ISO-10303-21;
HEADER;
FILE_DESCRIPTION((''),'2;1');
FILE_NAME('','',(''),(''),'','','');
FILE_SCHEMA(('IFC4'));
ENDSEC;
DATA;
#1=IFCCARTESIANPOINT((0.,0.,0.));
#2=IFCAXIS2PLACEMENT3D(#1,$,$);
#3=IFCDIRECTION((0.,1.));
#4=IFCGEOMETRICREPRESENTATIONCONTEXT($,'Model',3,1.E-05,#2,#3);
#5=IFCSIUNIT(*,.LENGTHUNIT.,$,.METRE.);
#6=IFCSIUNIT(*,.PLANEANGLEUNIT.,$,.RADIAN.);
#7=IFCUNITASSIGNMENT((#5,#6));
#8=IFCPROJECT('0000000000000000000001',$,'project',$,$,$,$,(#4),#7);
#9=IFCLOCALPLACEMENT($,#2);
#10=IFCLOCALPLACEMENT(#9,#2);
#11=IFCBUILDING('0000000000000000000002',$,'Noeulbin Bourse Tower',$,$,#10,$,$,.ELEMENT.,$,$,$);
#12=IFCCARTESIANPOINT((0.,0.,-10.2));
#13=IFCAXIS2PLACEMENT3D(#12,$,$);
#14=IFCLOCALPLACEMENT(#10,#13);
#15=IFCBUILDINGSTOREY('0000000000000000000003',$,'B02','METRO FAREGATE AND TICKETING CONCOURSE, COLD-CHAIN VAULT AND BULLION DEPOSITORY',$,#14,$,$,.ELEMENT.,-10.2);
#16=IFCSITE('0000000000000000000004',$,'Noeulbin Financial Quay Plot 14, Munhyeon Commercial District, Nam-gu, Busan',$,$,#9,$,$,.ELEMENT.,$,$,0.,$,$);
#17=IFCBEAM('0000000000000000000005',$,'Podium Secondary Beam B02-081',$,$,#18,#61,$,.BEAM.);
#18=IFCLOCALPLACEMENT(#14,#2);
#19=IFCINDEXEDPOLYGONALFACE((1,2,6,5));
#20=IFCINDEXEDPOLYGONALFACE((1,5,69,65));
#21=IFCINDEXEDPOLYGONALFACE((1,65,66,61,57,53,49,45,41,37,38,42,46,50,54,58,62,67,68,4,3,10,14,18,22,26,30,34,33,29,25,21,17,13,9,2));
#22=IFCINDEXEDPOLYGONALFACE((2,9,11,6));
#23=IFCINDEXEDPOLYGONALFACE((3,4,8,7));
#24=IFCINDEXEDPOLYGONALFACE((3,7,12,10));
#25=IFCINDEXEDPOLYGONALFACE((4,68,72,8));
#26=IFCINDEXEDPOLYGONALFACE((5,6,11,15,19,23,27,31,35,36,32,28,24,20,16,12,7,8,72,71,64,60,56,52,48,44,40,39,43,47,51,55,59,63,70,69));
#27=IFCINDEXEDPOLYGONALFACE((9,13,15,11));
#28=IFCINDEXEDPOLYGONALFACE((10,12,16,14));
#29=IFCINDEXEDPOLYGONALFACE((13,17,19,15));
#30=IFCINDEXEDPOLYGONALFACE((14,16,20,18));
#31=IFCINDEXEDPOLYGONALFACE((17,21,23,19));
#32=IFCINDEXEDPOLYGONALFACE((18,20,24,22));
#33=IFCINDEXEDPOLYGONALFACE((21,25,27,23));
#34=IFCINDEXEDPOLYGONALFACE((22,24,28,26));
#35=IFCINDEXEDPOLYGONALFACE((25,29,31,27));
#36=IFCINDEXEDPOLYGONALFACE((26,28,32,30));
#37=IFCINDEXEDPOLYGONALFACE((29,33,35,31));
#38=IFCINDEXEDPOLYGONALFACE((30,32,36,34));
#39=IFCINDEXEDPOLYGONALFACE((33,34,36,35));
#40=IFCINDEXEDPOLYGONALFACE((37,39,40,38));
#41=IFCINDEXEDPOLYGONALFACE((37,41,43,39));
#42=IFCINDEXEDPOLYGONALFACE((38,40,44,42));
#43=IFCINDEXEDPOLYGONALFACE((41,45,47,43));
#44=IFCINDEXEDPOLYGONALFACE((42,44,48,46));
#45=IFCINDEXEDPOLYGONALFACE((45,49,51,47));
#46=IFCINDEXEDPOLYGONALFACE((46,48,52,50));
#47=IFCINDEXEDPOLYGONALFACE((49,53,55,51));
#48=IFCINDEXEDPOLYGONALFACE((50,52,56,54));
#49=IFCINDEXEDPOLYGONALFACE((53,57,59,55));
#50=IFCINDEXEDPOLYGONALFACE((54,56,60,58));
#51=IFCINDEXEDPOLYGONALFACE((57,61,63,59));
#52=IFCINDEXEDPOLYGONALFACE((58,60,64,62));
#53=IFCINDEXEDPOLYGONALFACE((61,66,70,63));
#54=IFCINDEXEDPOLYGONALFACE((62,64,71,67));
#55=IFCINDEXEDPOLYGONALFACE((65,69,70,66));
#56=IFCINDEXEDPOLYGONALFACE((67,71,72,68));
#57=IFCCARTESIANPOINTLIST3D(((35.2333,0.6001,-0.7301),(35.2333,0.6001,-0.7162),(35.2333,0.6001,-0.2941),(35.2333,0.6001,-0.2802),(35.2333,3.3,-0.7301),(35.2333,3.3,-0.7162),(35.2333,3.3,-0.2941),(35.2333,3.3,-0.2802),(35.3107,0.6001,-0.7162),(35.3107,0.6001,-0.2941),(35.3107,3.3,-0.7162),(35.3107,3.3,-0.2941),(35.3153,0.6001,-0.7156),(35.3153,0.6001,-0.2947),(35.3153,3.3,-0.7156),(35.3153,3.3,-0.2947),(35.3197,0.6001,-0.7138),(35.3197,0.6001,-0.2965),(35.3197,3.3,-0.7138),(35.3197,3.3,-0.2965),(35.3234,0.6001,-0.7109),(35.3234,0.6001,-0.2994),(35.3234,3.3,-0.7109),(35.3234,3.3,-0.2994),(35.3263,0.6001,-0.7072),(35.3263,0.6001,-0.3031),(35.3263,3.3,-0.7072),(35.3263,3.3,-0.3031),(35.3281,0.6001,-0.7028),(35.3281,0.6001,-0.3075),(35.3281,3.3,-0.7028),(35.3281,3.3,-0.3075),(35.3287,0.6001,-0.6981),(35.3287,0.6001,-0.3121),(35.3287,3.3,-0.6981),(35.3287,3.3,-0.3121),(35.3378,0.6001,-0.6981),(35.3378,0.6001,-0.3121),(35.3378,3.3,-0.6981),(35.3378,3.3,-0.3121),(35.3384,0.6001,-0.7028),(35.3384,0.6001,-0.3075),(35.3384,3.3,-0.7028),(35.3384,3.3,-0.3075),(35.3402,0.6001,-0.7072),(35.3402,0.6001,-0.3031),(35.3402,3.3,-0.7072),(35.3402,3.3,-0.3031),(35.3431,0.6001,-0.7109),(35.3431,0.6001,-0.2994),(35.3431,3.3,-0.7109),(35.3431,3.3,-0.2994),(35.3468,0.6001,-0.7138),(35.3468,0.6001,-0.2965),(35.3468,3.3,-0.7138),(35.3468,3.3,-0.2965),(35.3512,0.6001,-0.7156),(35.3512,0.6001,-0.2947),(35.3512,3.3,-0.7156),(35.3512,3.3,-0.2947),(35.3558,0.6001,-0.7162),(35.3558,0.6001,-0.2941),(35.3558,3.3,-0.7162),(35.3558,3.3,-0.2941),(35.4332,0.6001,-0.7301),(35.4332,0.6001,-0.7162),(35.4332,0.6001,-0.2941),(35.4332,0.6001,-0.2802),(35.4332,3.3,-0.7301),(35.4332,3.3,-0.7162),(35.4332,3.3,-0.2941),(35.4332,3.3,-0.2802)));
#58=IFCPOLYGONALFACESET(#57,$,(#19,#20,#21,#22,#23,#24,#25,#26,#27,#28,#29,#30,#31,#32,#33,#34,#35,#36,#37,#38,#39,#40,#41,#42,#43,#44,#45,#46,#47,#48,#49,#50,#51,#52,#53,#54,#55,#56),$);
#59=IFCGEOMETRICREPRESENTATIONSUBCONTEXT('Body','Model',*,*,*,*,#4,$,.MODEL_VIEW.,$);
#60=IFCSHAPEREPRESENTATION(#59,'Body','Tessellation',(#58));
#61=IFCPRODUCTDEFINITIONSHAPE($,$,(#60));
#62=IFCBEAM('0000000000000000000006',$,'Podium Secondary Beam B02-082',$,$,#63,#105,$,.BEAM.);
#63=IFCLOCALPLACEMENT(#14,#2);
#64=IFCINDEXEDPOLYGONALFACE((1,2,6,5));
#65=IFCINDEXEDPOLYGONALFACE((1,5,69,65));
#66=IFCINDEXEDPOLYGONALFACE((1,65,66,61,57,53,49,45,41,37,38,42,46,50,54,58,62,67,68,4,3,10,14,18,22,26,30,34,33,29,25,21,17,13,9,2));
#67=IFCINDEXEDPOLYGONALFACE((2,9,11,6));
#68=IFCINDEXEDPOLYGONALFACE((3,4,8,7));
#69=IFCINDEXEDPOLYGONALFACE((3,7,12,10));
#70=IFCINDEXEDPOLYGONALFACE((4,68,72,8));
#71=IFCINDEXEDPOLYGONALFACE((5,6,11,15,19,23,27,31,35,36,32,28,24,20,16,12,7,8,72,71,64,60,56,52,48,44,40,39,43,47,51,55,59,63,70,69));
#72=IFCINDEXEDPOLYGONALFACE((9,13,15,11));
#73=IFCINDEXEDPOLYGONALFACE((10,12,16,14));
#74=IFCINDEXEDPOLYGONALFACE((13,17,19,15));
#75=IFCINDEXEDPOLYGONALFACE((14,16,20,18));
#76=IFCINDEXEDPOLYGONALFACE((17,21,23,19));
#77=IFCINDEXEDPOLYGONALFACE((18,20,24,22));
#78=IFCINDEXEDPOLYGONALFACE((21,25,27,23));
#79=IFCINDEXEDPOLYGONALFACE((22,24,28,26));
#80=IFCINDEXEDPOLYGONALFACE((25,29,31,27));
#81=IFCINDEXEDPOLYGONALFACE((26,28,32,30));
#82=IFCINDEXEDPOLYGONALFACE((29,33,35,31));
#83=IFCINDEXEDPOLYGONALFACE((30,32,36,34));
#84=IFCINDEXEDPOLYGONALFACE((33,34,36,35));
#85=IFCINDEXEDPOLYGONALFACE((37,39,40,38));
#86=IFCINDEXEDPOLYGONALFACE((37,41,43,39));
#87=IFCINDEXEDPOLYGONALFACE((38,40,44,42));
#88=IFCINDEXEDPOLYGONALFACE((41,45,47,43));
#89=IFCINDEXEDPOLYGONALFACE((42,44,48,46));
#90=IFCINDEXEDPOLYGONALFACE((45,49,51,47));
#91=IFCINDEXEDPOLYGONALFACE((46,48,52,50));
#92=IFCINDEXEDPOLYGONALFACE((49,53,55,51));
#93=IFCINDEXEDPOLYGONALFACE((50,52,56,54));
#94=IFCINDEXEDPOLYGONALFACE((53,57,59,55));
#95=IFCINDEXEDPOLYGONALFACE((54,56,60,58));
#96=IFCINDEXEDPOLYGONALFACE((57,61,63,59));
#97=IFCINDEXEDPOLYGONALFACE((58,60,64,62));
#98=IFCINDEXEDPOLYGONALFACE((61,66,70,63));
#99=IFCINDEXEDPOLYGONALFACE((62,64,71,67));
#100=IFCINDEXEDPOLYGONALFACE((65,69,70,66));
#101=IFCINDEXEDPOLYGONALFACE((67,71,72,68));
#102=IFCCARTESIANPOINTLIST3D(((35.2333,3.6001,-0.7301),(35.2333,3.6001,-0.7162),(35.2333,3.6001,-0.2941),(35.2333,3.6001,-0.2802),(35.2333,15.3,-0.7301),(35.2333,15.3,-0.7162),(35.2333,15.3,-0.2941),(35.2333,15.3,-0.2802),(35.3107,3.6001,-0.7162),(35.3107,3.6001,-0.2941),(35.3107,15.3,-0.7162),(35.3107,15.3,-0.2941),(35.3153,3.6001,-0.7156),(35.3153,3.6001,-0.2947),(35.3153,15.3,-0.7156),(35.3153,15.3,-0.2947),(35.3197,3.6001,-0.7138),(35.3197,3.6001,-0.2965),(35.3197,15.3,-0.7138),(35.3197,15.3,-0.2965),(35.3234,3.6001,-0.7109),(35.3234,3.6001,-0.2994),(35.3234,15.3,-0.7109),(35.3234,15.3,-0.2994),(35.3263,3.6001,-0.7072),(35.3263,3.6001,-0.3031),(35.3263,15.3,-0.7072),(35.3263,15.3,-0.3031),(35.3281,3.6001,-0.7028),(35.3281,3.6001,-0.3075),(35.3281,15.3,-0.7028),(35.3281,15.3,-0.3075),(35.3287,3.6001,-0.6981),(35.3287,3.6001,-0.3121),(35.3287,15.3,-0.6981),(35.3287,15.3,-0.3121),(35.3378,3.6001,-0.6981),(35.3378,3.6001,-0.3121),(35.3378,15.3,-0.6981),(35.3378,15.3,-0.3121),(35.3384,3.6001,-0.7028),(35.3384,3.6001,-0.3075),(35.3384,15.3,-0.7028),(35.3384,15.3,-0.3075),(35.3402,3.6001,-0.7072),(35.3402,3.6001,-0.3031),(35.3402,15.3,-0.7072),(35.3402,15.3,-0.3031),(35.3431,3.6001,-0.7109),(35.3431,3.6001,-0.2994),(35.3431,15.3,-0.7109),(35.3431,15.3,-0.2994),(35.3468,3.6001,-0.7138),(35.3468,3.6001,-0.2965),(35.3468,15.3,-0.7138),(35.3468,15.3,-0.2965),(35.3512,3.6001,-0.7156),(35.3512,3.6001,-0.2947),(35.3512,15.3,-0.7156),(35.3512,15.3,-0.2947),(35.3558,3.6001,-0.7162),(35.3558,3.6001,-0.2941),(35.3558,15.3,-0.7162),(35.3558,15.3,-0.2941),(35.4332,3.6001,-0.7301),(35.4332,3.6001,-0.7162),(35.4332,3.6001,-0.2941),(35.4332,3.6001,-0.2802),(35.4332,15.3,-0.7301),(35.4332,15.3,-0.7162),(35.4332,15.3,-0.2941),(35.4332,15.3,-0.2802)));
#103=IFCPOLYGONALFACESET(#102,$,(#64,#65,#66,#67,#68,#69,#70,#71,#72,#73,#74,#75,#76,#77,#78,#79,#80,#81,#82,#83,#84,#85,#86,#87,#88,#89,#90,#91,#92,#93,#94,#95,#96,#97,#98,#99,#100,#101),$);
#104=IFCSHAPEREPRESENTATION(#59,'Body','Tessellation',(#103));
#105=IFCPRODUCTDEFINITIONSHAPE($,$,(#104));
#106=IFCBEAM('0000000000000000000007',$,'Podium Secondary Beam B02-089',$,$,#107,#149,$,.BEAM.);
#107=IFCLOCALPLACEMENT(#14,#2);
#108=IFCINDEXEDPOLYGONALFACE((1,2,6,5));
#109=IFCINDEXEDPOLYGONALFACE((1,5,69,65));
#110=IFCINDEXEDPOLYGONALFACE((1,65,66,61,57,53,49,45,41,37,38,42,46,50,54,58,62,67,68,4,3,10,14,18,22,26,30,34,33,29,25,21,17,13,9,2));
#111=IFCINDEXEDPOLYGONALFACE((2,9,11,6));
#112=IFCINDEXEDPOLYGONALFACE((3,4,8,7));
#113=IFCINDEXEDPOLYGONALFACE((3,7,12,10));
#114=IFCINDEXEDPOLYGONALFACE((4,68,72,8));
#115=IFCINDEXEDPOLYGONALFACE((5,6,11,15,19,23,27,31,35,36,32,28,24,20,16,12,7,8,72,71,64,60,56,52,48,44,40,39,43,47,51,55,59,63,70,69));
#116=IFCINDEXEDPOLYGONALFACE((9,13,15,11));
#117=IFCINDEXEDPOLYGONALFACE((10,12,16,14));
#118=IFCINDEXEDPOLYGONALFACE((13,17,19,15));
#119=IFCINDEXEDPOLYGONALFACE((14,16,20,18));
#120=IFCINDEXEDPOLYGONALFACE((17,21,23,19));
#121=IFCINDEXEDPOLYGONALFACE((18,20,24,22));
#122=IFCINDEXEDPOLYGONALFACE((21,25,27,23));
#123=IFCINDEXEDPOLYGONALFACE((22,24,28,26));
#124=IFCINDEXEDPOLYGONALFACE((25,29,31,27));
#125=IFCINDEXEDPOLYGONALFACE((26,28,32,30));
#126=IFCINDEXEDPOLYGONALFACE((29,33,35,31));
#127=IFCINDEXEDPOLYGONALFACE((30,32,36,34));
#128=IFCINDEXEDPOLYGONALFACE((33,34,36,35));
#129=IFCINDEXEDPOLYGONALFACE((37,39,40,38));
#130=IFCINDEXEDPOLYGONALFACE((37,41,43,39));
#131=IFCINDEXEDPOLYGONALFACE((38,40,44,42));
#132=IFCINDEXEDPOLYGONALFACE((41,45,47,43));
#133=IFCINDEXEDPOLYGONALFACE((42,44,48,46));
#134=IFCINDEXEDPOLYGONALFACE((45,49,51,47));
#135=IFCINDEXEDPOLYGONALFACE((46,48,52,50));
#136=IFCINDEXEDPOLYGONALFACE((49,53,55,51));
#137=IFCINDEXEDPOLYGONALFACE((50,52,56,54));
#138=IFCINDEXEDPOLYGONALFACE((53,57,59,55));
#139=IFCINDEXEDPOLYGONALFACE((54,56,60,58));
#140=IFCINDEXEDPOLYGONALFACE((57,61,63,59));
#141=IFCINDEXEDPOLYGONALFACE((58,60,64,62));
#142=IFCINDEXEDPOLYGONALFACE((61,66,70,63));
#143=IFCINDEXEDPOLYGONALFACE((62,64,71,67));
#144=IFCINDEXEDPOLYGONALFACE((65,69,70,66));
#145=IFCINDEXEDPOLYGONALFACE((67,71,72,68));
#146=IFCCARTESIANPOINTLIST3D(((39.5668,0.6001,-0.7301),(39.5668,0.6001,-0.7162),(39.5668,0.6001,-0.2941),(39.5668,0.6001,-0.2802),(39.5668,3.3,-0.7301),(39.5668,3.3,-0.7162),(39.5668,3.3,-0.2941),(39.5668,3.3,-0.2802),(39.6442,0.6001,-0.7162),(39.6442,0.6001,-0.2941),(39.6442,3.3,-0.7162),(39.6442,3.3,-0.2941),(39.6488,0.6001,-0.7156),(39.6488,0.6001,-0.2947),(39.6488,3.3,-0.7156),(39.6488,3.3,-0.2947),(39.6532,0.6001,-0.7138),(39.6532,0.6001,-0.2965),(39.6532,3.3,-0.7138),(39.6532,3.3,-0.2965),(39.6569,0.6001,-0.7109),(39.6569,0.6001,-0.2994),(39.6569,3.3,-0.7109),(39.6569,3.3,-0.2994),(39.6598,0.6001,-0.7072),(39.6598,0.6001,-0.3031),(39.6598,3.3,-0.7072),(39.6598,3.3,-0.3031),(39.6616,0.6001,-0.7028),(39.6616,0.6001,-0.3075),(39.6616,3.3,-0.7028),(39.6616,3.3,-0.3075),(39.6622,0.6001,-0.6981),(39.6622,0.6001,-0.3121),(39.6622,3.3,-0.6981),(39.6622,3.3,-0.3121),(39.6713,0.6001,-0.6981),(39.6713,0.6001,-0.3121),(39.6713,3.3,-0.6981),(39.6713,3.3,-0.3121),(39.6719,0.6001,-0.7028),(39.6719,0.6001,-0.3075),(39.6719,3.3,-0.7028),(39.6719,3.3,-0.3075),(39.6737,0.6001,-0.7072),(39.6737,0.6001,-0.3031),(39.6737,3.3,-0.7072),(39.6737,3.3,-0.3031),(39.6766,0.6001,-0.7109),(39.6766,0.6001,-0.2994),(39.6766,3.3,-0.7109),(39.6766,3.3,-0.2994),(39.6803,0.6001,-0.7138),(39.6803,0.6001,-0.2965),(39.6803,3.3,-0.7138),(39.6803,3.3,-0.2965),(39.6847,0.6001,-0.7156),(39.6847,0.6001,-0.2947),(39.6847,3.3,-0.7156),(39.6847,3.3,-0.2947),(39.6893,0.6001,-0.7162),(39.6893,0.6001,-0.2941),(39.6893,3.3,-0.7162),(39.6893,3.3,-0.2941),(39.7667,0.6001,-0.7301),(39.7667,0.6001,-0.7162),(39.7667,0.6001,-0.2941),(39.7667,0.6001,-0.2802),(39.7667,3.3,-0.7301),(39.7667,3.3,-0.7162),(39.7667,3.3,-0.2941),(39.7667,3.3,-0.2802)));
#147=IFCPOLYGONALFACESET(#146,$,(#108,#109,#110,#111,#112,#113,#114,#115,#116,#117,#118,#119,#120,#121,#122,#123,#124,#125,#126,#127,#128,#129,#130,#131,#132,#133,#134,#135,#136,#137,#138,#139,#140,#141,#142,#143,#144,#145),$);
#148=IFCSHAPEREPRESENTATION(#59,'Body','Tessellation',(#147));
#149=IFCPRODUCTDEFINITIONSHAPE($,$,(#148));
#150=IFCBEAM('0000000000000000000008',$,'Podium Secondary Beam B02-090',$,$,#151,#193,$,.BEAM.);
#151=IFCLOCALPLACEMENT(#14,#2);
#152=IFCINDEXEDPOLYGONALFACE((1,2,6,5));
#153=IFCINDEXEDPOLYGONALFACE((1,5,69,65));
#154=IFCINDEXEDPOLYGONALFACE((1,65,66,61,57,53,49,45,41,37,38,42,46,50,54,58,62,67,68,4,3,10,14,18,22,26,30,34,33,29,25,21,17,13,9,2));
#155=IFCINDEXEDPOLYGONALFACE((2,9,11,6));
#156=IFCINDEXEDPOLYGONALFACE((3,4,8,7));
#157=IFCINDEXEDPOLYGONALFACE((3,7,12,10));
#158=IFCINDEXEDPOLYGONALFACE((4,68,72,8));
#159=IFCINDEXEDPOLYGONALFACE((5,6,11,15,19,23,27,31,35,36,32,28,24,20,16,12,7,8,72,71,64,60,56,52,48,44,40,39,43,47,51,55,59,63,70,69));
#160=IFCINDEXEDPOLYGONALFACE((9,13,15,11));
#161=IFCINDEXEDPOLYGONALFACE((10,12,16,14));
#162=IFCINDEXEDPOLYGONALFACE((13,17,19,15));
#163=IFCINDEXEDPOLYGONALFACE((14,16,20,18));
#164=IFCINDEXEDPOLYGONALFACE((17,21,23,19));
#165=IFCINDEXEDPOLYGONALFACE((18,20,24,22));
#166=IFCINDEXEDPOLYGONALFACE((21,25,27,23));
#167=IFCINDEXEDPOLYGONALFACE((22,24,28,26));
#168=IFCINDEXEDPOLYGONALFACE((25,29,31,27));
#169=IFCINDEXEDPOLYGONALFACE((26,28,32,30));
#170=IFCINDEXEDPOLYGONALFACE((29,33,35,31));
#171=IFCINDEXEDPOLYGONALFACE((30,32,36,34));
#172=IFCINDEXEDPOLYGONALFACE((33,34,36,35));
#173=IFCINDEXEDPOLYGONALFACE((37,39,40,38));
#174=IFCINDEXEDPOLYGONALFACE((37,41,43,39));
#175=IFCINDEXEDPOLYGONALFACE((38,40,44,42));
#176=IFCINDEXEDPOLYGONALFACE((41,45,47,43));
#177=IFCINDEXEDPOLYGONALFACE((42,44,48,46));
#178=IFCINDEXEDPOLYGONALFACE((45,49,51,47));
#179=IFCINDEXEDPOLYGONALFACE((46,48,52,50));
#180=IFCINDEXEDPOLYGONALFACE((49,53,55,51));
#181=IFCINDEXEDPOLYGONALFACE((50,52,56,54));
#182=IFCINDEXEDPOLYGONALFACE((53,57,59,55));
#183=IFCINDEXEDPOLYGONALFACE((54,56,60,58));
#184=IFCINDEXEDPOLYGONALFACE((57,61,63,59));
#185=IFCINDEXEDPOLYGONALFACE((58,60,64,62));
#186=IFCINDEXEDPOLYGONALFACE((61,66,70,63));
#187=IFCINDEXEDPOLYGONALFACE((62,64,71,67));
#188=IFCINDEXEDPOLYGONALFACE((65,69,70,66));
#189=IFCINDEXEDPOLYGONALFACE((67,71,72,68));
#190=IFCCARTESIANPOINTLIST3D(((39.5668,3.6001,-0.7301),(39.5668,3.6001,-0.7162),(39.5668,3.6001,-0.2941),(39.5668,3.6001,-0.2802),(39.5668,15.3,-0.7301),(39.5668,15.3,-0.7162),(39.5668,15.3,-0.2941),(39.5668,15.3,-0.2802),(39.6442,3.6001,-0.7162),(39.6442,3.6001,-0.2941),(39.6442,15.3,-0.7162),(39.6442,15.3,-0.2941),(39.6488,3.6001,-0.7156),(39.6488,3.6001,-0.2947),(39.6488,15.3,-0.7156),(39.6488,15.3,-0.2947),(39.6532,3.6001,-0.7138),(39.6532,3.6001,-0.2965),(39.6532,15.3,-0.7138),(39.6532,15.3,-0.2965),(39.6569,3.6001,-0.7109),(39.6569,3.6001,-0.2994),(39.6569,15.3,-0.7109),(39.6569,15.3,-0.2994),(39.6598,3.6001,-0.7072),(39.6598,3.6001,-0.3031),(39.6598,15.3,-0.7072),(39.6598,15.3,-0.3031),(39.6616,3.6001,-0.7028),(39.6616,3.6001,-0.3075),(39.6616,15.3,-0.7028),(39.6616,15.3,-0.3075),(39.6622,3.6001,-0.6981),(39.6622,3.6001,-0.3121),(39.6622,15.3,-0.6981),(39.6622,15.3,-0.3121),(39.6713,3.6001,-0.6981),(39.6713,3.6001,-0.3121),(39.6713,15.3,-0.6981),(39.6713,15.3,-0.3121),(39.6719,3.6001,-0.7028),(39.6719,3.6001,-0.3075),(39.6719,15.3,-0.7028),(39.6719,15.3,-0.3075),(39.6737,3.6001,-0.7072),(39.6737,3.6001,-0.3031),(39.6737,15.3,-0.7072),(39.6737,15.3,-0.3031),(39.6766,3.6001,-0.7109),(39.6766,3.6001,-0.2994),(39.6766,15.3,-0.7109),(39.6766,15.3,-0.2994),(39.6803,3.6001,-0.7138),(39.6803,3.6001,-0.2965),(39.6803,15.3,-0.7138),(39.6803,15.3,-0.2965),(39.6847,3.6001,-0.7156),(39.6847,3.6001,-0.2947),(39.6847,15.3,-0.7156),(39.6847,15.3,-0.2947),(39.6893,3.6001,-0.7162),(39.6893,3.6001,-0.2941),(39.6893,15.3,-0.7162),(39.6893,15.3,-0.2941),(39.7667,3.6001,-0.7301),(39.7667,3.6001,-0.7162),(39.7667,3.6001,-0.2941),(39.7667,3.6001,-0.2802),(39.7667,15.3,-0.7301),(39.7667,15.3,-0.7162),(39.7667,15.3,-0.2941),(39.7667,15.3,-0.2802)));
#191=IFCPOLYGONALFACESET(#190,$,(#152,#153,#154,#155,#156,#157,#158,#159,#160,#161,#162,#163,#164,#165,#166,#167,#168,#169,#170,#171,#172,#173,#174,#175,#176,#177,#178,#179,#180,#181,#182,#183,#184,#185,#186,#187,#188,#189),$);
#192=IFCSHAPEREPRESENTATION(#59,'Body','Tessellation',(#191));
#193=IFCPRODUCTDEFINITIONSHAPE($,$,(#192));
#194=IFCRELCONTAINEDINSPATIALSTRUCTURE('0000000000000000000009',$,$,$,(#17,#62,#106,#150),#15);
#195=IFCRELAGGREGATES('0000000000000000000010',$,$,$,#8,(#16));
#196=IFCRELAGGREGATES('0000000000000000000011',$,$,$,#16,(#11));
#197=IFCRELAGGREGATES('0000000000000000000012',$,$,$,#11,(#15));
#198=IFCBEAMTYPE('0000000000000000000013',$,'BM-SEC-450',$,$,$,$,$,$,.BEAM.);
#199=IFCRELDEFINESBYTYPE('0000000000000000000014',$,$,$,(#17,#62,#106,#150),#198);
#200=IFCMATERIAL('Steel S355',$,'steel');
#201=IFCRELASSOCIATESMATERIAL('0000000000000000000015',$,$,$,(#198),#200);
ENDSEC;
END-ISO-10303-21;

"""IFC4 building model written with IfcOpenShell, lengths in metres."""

from ifc_helpers import new_model, si_unit, direction, frame, origin, origin_2d, place, context, subcontext, project, spatial, i_section, extrude, material, material_profile, profile_set, type_object, element, save


model = new_model("IFC4")

# Units and contexts
model_context = context("Model", 3, precision=1e-05, world=origin(), true_north=direction((0.0, 1.0)))
body_context = subcontext(model_context, "Body", "Model", "MODEL_VIEW")
ifc_project = project(units=[si_unit("LENGTHUNIT", "METRE"), si_unit("PLANEANGLEUNIT", "RADIAN")], contexts=[model_context])

# Site, building, storey
site_placement = place(None, origin())
site = spatial("IfcSite", under=ifc_project, at=site_placement, Name="Noeulbin Financial Quay Plot 14, Munhyeon Commercial District, Nam-gu, Busan", CompositionType="ELEMENT", RefElevation=0.0)
building_placement = place(site_placement, origin())
building = spatial("IfcBuilding", under=site, at=building_placement, Name="Noeulbin Bourse Tower", CompositionType="ELEMENT")
storey_placement = place(building_placement, frame((0.0, 0.0, -10.2)))
storey = spatial("IfcBuildingStorey", under=building, at=storey_placement, Name="B02", Description="METRO FAREGATE AND TICKETING CONCOURSE, COLD-CHAIN VAULT AND BULLION DEPOSITORY", CompositionType="ELEMENT", Elevation=-10.2)

# Beams
ifc_material_1 = material(Name="Steel S355", Category="steel")
ifc_material_profile_1 = material_profile(ifc_material_1, i_section(OverallWidth=0.2, OverallDepth=0.45, WebThickness=0.009, FlangeThickness=0.0139, FilletRadius=0.0181, at=origin_2d()), Name="H-450x200x9x14", Category="LoadBearing")
ifc_profile_set_1 = profile_set([ifc_material_profile_1], Name="Steel S355")
beam_type_1 = type_object("IfcBeamType", Name="BM-SEC-450", PredefinedType="BEAM", material=ifc_profile_set_1)
beam_1_placement = place(storey_placement, frame((35.3333, 0.6001, -0.5051), z_axis=(0.0, 1.0, 0.0), x_axis=(-1.0, 0.0, 0.0)))
element("IfcBeam", 1, at=beam_1_placement, inside=storey, type_object=beam_type_1, Name="Podium Secondary Beam B02-081", PredefinedType="BEAM", context=body_context, shape_type="SweptSolid", body=[
    extrude(i_section(OverallWidth=0.2, OverallDepth=0.45, WebThickness=0.009, FlangeThickness=0.0139, FilletRadius=0.0181, at=origin_2d()), origin(), (0.0, 0.0, 1.0), 2.7),
])
beam_2_placement = place(storey_placement, frame((35.3333, 3.6001, -0.5051), z_axis=(0.0, 1.0, 0.0), x_axis=(-1.0, 0.0, 0.0)))
element("IfcBeam", 2, at=beam_2_placement, inside=storey, type_object=beam_type_1, Name="Podium Secondary Beam B02-082", PredefinedType="BEAM", context=body_context, shape_type="SweptSolid", body=[
    extrude(i_section(OverallWidth=0.2, OverallDepth=0.45, WebThickness=0.009, FlangeThickness=0.0139, FilletRadius=0.0181, at=origin_2d()), origin(), (0.0, 0.0, 1.0), 11.7),
])
beam_3_placement = place(storey_placement, frame((39.6667, 0.6001, -0.5051), z_axis=(0.0, 1.0, 0.0), x_axis=(-1.0, 0.0, 0.0)))
element("IfcBeam", 3, at=beam_3_placement, inside=storey, type_object=beam_type_1, Name="Podium Secondary Beam B02-089", PredefinedType="BEAM", context=body_context, shape_type="SweptSolid", body=[
    extrude(i_section(OverallWidth=0.2, OverallDepth=0.45, WebThickness=0.009, FlangeThickness=0.0139, FilletRadius=0.0181, at=origin_2d()), origin(), (0.0, 0.0, 1.0), 2.7),
])
beam_4_placement = place(storey_placement, frame((39.6667, 3.6001, -0.5051), z_axis=(0.0, 1.0, 0.0), x_axis=(-1.0, 0.0, 0.0)))
element("IfcBeam", 4, at=beam_4_placement, inside=storey, type_object=beam_type_1, Name="Podium Secondary Beam B02-090", PredefinedType="BEAM", context=body_context, shape_type="SweptSolid", body=[
    extrude(i_section(OverallWidth=0.2, OverallDepth=0.45, WebThickness=0.009, FlangeThickness=0.0139, FilletRadius=0.0181, at=origin_2d()), origin(), (0.0, 0.0, 1.0), 11.7),
])

save(model, "model.ifc")
